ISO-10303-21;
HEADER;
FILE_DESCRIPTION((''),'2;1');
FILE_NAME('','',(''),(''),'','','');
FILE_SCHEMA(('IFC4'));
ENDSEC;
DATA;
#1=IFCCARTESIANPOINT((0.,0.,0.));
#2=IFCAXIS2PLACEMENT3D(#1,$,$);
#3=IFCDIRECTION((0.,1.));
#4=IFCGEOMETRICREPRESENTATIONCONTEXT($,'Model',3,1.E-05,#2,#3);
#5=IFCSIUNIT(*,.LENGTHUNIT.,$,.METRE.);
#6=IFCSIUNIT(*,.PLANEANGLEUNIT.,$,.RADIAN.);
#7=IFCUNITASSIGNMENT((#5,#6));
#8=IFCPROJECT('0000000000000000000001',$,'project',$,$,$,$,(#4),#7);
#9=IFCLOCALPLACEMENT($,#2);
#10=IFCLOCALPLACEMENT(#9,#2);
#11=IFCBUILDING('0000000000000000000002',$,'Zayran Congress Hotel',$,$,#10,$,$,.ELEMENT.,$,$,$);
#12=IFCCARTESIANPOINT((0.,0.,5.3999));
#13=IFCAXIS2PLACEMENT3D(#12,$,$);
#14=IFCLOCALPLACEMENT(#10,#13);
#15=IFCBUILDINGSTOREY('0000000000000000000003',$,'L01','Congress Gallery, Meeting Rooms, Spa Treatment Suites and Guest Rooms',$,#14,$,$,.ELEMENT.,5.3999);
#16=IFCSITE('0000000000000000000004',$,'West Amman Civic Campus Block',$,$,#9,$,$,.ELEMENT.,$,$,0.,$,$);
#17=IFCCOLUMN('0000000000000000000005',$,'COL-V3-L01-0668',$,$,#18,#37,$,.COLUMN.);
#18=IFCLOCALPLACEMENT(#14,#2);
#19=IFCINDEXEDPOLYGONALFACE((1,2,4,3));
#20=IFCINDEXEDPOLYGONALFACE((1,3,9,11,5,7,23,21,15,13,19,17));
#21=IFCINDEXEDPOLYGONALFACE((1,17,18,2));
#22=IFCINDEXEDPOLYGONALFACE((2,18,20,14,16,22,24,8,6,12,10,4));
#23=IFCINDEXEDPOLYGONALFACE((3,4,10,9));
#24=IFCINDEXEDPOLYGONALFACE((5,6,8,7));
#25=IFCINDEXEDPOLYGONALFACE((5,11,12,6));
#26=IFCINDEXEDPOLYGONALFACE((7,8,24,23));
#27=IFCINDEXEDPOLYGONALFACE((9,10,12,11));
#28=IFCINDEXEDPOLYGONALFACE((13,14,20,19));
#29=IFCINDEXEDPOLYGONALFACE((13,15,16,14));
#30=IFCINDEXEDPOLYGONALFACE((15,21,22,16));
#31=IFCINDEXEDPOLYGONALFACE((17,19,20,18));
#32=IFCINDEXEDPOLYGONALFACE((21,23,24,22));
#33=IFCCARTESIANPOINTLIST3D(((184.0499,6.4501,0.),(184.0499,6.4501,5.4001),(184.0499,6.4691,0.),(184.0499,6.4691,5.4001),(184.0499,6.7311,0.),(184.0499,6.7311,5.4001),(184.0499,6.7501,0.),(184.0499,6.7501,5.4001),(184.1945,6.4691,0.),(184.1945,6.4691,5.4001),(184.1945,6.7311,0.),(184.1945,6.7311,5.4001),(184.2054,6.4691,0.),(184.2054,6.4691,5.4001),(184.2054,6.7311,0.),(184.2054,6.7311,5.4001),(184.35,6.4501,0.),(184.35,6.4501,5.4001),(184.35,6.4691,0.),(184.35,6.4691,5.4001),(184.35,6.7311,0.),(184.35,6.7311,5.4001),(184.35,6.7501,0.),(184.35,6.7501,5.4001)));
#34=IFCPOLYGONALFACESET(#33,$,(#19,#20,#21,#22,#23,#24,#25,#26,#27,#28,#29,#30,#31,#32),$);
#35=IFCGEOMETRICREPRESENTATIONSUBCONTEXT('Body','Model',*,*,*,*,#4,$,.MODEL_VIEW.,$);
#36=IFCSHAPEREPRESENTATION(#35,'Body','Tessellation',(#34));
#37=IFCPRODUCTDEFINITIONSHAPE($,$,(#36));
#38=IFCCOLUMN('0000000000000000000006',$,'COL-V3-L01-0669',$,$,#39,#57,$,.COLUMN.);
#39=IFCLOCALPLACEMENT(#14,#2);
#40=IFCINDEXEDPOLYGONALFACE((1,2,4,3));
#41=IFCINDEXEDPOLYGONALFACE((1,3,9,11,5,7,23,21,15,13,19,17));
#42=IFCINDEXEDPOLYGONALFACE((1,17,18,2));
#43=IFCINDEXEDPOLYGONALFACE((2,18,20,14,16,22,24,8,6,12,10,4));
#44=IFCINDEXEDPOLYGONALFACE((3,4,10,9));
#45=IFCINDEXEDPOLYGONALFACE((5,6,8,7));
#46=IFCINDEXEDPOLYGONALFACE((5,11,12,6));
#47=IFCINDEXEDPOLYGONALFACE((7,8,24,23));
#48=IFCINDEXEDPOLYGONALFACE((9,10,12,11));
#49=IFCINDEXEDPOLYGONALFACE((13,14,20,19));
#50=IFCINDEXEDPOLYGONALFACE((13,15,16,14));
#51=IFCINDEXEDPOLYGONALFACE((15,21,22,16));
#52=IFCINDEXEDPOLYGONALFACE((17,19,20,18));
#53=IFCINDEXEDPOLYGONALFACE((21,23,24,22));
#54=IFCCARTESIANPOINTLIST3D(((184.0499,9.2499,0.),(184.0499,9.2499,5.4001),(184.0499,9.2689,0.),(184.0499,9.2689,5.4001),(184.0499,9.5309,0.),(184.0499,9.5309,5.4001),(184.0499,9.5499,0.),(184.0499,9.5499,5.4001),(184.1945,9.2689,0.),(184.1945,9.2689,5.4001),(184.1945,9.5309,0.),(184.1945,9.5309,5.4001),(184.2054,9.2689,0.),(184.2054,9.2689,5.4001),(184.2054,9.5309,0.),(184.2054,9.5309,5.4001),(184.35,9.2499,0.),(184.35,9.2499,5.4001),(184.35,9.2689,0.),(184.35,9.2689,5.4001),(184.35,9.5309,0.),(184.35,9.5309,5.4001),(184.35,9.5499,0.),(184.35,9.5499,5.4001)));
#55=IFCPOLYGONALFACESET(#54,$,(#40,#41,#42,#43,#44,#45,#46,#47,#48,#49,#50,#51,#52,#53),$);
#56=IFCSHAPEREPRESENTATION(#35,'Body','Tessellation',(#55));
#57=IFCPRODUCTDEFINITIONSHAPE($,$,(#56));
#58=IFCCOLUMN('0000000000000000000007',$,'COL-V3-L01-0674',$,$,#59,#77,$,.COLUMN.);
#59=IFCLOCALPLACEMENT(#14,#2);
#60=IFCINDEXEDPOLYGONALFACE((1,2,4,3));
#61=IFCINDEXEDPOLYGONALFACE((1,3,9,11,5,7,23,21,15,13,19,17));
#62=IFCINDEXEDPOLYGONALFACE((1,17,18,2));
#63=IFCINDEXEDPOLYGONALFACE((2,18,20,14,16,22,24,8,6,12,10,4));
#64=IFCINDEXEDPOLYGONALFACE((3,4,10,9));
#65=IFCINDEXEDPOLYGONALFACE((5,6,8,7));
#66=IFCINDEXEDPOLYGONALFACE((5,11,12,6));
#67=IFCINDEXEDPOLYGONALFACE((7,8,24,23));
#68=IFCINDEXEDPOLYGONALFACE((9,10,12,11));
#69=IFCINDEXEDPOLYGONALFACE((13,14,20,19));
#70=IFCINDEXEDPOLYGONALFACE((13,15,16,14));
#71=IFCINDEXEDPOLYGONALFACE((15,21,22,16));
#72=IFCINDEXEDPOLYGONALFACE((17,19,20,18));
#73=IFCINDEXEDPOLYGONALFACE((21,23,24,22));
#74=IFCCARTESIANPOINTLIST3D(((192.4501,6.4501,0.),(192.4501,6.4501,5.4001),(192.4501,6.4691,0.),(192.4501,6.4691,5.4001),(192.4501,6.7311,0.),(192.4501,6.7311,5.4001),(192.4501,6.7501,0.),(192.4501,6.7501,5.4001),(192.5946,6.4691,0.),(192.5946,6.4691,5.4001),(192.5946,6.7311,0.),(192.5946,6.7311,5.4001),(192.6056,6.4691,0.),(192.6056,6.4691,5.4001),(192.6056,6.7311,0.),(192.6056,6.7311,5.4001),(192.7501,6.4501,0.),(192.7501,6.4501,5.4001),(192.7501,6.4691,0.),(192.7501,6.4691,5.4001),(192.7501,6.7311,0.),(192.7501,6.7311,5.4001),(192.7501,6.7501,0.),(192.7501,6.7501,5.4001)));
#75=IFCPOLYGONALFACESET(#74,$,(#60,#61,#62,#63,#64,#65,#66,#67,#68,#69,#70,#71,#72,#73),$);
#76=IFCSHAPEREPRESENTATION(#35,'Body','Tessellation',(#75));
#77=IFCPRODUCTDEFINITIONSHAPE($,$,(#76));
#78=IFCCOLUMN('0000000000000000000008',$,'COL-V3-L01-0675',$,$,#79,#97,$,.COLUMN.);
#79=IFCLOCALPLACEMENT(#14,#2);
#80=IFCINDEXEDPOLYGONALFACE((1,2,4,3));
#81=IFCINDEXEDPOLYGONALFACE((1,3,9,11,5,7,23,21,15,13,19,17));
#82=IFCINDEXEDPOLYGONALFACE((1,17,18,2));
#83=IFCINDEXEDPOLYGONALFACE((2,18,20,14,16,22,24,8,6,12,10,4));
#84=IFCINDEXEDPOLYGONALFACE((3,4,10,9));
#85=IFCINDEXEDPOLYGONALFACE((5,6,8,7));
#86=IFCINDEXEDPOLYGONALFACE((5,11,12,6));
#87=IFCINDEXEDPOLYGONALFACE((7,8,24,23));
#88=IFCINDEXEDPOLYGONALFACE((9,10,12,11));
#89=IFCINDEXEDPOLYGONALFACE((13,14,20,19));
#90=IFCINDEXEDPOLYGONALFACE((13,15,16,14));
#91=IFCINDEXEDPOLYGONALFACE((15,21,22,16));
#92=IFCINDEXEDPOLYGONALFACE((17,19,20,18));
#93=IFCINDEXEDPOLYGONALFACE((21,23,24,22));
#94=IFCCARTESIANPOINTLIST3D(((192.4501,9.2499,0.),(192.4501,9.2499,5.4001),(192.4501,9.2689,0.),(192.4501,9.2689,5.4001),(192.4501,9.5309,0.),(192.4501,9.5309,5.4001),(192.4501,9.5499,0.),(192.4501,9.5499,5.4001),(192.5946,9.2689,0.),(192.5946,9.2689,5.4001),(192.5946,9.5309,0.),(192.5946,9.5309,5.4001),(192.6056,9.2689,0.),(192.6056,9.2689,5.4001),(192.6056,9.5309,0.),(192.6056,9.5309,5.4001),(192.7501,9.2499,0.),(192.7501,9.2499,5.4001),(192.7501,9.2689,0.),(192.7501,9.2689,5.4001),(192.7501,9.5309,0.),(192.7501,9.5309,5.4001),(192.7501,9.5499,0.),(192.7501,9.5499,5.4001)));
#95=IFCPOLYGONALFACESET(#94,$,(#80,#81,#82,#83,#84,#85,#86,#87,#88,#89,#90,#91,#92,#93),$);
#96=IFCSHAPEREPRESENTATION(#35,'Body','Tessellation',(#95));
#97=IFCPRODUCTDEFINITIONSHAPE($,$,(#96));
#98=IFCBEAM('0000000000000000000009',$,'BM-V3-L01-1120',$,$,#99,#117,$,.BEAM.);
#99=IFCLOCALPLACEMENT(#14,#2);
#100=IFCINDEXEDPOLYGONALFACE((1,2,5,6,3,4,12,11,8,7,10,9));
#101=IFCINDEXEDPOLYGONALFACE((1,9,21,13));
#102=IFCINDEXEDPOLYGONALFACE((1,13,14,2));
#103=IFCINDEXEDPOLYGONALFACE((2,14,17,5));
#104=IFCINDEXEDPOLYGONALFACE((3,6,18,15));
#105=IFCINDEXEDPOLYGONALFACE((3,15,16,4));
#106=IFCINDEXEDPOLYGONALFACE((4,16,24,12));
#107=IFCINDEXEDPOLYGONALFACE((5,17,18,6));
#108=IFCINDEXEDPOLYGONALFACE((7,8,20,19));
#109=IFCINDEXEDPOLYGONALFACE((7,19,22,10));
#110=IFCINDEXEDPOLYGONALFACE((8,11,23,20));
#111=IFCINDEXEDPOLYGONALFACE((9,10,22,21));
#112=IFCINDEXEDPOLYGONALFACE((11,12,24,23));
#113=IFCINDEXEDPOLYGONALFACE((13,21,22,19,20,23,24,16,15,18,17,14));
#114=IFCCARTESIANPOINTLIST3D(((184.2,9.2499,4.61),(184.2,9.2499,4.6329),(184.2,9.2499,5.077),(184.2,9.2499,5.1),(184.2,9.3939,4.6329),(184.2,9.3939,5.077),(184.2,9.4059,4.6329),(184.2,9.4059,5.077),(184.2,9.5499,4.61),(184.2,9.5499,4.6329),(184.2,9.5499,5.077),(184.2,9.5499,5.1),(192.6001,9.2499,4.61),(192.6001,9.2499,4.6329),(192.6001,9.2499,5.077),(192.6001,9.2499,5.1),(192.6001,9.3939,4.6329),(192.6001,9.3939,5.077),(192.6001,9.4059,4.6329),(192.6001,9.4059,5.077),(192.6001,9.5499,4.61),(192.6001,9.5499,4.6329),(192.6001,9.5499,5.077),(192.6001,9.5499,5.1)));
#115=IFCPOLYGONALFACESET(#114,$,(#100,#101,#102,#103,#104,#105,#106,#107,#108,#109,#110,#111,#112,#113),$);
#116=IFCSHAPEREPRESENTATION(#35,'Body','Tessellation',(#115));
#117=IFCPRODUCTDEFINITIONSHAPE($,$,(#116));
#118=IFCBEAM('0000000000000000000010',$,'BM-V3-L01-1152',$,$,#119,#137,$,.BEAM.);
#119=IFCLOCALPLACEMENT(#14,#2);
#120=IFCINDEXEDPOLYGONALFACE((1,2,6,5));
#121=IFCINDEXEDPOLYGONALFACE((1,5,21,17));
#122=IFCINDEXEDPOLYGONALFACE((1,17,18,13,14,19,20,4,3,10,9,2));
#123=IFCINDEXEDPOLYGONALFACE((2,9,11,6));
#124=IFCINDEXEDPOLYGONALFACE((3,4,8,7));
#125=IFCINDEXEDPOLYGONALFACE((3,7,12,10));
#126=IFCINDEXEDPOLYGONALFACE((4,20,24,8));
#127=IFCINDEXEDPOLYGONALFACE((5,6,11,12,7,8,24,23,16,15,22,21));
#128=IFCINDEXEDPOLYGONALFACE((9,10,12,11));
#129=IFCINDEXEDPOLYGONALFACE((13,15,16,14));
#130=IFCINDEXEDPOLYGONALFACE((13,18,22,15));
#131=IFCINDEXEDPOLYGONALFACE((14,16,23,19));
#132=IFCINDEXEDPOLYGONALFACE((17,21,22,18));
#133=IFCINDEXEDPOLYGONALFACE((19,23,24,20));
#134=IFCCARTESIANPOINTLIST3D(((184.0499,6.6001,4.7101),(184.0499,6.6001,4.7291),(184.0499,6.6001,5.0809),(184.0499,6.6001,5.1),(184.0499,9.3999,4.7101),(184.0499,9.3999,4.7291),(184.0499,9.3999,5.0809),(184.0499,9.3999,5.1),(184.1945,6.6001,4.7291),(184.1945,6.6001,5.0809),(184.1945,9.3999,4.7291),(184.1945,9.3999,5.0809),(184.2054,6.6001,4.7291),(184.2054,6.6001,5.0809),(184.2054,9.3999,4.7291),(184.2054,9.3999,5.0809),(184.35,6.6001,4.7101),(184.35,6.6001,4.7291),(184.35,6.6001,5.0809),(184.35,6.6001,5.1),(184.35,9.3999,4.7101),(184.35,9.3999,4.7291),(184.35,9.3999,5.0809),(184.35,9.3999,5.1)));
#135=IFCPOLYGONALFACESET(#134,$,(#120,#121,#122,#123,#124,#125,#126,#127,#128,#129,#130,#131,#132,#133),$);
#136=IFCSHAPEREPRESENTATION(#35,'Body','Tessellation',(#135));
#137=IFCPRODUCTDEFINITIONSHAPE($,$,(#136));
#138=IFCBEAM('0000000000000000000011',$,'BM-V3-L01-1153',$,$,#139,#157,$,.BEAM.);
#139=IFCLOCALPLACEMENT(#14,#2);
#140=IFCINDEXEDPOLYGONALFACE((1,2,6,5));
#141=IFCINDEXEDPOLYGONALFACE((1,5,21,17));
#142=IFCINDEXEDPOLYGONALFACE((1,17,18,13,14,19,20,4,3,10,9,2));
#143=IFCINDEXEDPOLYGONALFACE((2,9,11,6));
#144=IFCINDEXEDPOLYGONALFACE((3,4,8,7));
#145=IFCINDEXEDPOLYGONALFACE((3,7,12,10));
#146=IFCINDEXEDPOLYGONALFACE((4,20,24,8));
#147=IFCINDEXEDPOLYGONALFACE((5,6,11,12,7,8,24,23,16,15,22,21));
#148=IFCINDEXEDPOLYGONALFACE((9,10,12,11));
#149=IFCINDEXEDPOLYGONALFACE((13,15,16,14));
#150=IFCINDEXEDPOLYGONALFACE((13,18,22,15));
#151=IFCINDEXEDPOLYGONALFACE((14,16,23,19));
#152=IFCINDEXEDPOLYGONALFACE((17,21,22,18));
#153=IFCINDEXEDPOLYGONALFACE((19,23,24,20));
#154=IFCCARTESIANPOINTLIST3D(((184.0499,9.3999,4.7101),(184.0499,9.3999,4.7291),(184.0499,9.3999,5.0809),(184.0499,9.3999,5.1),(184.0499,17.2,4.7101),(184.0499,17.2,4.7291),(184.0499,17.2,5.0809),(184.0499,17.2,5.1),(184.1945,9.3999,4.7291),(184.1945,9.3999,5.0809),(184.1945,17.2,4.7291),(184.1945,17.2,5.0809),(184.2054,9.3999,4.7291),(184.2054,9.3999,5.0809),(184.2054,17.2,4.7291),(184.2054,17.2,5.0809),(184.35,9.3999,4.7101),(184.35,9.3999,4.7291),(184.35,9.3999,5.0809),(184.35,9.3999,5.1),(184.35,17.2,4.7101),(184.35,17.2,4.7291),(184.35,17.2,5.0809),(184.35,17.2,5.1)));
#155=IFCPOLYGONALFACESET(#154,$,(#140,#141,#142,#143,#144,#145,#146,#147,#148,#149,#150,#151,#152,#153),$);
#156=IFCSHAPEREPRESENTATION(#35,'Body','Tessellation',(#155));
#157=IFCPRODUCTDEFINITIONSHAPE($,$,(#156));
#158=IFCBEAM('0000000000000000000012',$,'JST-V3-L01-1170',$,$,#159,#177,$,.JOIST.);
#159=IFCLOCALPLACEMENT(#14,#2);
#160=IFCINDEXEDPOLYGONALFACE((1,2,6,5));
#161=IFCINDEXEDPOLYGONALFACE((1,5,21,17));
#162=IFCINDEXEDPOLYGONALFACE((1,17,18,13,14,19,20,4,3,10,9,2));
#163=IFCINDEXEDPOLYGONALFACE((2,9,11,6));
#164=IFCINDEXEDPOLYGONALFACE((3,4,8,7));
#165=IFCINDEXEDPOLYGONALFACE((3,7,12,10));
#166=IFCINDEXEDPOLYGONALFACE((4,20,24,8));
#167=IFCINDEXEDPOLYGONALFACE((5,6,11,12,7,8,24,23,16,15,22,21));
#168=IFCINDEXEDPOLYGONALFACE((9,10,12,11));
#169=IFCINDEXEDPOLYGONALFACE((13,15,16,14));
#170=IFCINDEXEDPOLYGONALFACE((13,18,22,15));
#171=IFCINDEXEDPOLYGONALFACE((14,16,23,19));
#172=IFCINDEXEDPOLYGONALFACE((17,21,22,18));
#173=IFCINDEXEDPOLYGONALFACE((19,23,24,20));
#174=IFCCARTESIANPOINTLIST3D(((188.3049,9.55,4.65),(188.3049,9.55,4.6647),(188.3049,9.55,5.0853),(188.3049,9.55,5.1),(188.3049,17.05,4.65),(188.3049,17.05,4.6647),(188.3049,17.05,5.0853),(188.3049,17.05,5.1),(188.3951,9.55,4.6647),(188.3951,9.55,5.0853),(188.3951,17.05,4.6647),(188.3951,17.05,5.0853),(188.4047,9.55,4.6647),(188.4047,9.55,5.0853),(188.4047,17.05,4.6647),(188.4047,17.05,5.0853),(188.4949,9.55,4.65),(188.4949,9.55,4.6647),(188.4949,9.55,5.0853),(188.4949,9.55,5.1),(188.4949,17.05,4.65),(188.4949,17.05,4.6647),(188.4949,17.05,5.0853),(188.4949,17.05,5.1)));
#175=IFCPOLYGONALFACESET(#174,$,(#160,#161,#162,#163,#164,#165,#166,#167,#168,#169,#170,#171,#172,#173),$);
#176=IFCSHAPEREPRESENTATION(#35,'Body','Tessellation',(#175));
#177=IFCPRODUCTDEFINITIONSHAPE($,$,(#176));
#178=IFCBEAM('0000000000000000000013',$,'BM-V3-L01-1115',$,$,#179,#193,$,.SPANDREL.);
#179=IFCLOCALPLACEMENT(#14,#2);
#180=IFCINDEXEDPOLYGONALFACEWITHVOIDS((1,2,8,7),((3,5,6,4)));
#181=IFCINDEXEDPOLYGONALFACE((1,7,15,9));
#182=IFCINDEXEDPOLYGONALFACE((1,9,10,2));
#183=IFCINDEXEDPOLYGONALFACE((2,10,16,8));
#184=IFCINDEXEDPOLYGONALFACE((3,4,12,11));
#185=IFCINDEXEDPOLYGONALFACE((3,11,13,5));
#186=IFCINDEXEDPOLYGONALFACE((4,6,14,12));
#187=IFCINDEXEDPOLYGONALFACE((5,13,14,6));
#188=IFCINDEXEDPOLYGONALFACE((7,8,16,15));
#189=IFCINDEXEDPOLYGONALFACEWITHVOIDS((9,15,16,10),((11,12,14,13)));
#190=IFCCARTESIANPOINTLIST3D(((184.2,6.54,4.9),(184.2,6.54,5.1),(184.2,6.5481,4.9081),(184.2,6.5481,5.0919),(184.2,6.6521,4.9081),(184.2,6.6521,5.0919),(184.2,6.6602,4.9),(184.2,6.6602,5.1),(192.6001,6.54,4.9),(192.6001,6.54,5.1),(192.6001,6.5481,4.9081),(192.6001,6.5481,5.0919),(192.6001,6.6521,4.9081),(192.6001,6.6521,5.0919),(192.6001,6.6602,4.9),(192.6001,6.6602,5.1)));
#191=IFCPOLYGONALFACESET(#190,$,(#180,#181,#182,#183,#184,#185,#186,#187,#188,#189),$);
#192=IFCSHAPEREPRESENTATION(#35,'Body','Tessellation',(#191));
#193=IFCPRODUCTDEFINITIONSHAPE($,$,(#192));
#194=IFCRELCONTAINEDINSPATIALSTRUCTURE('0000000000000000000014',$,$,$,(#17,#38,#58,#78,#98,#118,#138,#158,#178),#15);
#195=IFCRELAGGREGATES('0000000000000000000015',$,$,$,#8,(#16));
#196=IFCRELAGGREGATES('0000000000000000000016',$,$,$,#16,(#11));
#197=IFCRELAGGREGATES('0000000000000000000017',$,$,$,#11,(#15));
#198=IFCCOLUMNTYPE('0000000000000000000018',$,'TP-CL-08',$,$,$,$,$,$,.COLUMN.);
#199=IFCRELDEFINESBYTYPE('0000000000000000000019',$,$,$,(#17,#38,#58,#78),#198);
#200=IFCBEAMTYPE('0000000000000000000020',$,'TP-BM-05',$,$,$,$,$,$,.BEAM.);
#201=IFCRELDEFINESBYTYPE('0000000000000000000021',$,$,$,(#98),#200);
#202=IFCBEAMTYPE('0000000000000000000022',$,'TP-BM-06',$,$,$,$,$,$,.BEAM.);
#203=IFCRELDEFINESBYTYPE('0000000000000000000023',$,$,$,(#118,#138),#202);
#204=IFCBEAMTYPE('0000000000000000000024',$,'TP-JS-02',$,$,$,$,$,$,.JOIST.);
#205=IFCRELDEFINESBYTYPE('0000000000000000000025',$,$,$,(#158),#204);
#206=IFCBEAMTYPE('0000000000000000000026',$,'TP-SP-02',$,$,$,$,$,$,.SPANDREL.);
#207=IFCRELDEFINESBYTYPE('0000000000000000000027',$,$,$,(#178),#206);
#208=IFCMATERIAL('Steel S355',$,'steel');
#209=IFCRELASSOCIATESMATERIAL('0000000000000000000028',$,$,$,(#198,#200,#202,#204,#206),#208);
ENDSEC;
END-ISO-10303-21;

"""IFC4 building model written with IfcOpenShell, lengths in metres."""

from ifc_helpers import new_model, si_unit, direction, frame, origin, origin_2d, place, context, subcontext, project, spatial, hollow_rectangle, i_section, extrude, material, material_profile, profile_set, type_object, element, save


model = new_model("IFC4")

# Units and contexts
model_context = context("Model", 3, precision=1e-05, world=origin(), true_north=direction((0.0, 1.0)))
body_context = subcontext(model_context, "Body", "Model", "MODEL_VIEW")
ifc_project = project(units=[si_unit("LENGTHUNIT", "METRE"), si_unit("PLANEANGLEUNIT", "RADIAN")], contexts=[model_context])

# Site, building, storey
site_placement = place(None, origin())
site = spatial("IfcSite", under=ifc_project, at=site_placement, Name="West Amman Civic Campus Block", CompositionType="ELEMENT", RefElevation=0.0)
building_placement = place(site_placement, origin())
building = spatial("IfcBuilding", under=site, at=building_placement, Name="Zayran Congress Hotel", CompositionType="ELEMENT")
storey_placement = place(building_placement, frame((0.0, 0.0, 5.3999)))
storey = spatial("IfcBuildingStorey", under=building, at=storey_placement, Name="L01", Description="Congress Gallery, Meeting Rooms, Spa Treatment Suites and Guest Rooms", CompositionType="ELEMENT", Elevation=5.3999)

# Columns
ifc_material_1 = material(Name="Steel S355", Category="steel")
ifc_material_profile_1 = material_profile(ifc_material_1, i_section(OverallWidth=0.3, OverallDepth=0.3, WebThickness=0.011, FlangeThickness=0.019, at=origin_2d()), Name="HEB 300")
ifc_profile_set_1 = profile_set([ifc_material_profile_1], Name="Steel S355")
column_type = type_object("IfcColumnType", Name="TP-CL-08", PredefinedType="COLUMN", material=ifc_profile_set_1)
for number, where, z_axis, x_axis, name in (
    (1, (184.2, 6.6001, 0.0), (0.0, 0.0, 1.0), (1.0, 0.0, 0.0), "COL-V3-L01-0668"),
    (2, (184.2, 9.3999, 0.0), (0.0, 0.0, 1.0), (1.0, 0.0, 0.0), "COL-V3-L01-0669"),
    (3, (192.6001, 6.6001, 0.0), (0.0, 0.0, 1.0), (1.0, 0.0, 0.0), "COL-V3-L01-0674"),
    (4, (192.6001, 9.3999, 0.0), (0.0, 0.0, 1.0), (1.0, 0.0, 0.0), "COL-V3-L01-0675"),
):
    element("IfcColumn", number, at=place(storey_placement, frame(where, z_axis=z_axis, x_axis=x_axis)), inside=storey, type_object=column_type, Name=name, PredefinedType="COLUMN", context=body_context, shape_type="SweptSolid", body=[
        extrude(i_section(OverallWidth=0.3, OverallDepth=0.3, WebThickness=0.011, FlangeThickness=0.019, at=origin_2d()), origin(), (0.0, 0.0, 1.0), 5.4001),
    ])

# Beams
ifc_material_profile_2 = material_profile(ifc_material_1, i_section(OverallWidth=0.3, OverallDepth=0.49, WebThickness=0.012, FlangeThickness=0.0229, at=origin_2d()), Name="HEA 500")
ifc_profile_set_2 = profile_set([ifc_material_profile_2], Name="Steel S355")
beam_type_1 = type_object("IfcBeamType", Name="TP-BM-05", PredefinedType="BEAM", material=ifc_profile_set_2)
beam_1_placement = place(storey_placement, frame((184.2, 9.3999, 4.855), z_axis=(1.0, 0.0, 0.0), x_axis=(0.0, 1.0, 0.0)))
element("IfcBeam", 5, at=beam_1_placement, inside=storey, type_object=beam_type_1, Name="BM-V3-L01-1120", PredefinedType="BEAM", context=body_context, shape_type="SweptSolid", body=[
    extrude(i_section(OverallWidth=0.3, OverallDepth=0.49, WebThickness=0.012, FlangeThickness=0.0229, at=origin_2d()), origin(), (0.0, 0.0, 1.0), 8.4001),
])
ifc_material_profile_3 = material_profile(ifc_material_1, i_section(OverallWidth=0.3, OverallDepth=0.3899, WebThickness=0.011, FlangeThickness=0.019, at=origin_2d()), Name="HEA 400")
ifc_profile_set_3 = profile_set([ifc_material_profile_3], Name="Steel S355")
beam_type_2 = type_object("IfcBeamType", Name="TP-BM-06", PredefinedType="BEAM", material=ifc_profile_set_3)
beam_2_placement = place(storey_placement, frame((184.2, 6.6001, 4.905), z_axis=(0.0, 1.0, 0.0), x_axis=(-1.0, 0.0, 0.0)))
element("IfcBeam", 6, at=beam_2_placement, inside=storey, type_object=beam_type_2, Name="BM-V3-L01-1152", PredefinedType="BEAM", context=body_context, shape_type="SweptSolid", body=[
    extrude(i_section(OverallWidth=0.3, OverallDepth=0.3899, WebThickness=0.011, FlangeThickness=0.019, at=origin_2d()), origin(), (0.0, 0.0, 1.0), 2.7998),
])
beam_3_placement = place(storey_placement, frame((184.2, 9.3999, 4.905), z_axis=(0.0, 1.0, 0.0), x_axis=(-1.0, 0.0, 0.0)))
element("IfcBeam", 7, at=beam_3_placement, inside=storey, type_object=beam_type_2, Name="BM-V3-L01-1153", PredefinedType="BEAM", context=body_context, shape_type="SweptSolid", body=[
    extrude(i_section(OverallWidth=0.3, OverallDepth=0.3899, WebThickness=0.011, FlangeThickness=0.019, at=origin_2d()), origin(), (0.0, 0.0, 1.0), 7.8),
])
ifc_material_profile_4 = material_profile(ifc_material_1, i_section(OverallWidth=0.1899, OverallDepth=0.45, WebThickness=0.0095, FlangeThickness=0.0146, at=origin_2d()), Name="IPE 450")
ifc_profile_set_4 = profile_set([ifc_material_profile_4], Name="Steel S355")
beam_type_3 = type_object("IfcBeamType", Name="TP-JS-02", PredefinedType="JOIST", material=ifc_profile_set_4)
beam_4_placement = place(storey_placement, frame((188.3999, 9.55, 4.875), z_axis=(0.0, 1.0, 0.0), x_axis=(-1.0, 0.0, 0.0)))
element("IfcBeam", 8, at=beam_4_placement, inside=storey, type_object=beam_type_3, Name="JST-V3-L01-1170", PredefinedType="JOIST", context=body_context, shape_type="SweptSolid", body=[
    extrude(i_section(OverallWidth=0.1899, OverallDepth=0.45, WebThickness=0.0095, FlangeThickness=0.0146, at=origin_2d()), origin(), (0.0, 0.0, 1.0), 7.5),
])
ifc_material_profile_5 = material_profile(ifc_material_1, hollow_rectangle(XDim=0.1201, YDim=0.2, WallThickness=0.0081, at=origin_2d()), Name="RHS 200x120x8")
ifc_profile_set_5 = profile_set([ifc_material_profile_5], Name="Steel S355")
beam_type_4 = type_object("IfcBeamType", Name="TP-SP-02", PredefinedType="SPANDREL", material=ifc_profile_set_5)
beam_5_placement = place(storey_placement, frame((184.2, 6.6001, 5.0), z_axis=(1.0, 0.0, 0.0), x_axis=(0.0, 1.0, 0.0)))
element("IfcBeam", 9, at=beam_5_placement, inside=storey, type_object=beam_type_4, Name="BM-V3-L01-1115", PredefinedType="SPANDREL", context=body_context, shape_type="SweptSolid", body=[
    extrude(hollow_rectangle(XDim=0.1201, YDim=0.2, WallThickness=0.0081, at=origin_2d()), origin(), (0.0, 0.0, 1.0), 8.4001),
])

save(model, "model.ifc")
